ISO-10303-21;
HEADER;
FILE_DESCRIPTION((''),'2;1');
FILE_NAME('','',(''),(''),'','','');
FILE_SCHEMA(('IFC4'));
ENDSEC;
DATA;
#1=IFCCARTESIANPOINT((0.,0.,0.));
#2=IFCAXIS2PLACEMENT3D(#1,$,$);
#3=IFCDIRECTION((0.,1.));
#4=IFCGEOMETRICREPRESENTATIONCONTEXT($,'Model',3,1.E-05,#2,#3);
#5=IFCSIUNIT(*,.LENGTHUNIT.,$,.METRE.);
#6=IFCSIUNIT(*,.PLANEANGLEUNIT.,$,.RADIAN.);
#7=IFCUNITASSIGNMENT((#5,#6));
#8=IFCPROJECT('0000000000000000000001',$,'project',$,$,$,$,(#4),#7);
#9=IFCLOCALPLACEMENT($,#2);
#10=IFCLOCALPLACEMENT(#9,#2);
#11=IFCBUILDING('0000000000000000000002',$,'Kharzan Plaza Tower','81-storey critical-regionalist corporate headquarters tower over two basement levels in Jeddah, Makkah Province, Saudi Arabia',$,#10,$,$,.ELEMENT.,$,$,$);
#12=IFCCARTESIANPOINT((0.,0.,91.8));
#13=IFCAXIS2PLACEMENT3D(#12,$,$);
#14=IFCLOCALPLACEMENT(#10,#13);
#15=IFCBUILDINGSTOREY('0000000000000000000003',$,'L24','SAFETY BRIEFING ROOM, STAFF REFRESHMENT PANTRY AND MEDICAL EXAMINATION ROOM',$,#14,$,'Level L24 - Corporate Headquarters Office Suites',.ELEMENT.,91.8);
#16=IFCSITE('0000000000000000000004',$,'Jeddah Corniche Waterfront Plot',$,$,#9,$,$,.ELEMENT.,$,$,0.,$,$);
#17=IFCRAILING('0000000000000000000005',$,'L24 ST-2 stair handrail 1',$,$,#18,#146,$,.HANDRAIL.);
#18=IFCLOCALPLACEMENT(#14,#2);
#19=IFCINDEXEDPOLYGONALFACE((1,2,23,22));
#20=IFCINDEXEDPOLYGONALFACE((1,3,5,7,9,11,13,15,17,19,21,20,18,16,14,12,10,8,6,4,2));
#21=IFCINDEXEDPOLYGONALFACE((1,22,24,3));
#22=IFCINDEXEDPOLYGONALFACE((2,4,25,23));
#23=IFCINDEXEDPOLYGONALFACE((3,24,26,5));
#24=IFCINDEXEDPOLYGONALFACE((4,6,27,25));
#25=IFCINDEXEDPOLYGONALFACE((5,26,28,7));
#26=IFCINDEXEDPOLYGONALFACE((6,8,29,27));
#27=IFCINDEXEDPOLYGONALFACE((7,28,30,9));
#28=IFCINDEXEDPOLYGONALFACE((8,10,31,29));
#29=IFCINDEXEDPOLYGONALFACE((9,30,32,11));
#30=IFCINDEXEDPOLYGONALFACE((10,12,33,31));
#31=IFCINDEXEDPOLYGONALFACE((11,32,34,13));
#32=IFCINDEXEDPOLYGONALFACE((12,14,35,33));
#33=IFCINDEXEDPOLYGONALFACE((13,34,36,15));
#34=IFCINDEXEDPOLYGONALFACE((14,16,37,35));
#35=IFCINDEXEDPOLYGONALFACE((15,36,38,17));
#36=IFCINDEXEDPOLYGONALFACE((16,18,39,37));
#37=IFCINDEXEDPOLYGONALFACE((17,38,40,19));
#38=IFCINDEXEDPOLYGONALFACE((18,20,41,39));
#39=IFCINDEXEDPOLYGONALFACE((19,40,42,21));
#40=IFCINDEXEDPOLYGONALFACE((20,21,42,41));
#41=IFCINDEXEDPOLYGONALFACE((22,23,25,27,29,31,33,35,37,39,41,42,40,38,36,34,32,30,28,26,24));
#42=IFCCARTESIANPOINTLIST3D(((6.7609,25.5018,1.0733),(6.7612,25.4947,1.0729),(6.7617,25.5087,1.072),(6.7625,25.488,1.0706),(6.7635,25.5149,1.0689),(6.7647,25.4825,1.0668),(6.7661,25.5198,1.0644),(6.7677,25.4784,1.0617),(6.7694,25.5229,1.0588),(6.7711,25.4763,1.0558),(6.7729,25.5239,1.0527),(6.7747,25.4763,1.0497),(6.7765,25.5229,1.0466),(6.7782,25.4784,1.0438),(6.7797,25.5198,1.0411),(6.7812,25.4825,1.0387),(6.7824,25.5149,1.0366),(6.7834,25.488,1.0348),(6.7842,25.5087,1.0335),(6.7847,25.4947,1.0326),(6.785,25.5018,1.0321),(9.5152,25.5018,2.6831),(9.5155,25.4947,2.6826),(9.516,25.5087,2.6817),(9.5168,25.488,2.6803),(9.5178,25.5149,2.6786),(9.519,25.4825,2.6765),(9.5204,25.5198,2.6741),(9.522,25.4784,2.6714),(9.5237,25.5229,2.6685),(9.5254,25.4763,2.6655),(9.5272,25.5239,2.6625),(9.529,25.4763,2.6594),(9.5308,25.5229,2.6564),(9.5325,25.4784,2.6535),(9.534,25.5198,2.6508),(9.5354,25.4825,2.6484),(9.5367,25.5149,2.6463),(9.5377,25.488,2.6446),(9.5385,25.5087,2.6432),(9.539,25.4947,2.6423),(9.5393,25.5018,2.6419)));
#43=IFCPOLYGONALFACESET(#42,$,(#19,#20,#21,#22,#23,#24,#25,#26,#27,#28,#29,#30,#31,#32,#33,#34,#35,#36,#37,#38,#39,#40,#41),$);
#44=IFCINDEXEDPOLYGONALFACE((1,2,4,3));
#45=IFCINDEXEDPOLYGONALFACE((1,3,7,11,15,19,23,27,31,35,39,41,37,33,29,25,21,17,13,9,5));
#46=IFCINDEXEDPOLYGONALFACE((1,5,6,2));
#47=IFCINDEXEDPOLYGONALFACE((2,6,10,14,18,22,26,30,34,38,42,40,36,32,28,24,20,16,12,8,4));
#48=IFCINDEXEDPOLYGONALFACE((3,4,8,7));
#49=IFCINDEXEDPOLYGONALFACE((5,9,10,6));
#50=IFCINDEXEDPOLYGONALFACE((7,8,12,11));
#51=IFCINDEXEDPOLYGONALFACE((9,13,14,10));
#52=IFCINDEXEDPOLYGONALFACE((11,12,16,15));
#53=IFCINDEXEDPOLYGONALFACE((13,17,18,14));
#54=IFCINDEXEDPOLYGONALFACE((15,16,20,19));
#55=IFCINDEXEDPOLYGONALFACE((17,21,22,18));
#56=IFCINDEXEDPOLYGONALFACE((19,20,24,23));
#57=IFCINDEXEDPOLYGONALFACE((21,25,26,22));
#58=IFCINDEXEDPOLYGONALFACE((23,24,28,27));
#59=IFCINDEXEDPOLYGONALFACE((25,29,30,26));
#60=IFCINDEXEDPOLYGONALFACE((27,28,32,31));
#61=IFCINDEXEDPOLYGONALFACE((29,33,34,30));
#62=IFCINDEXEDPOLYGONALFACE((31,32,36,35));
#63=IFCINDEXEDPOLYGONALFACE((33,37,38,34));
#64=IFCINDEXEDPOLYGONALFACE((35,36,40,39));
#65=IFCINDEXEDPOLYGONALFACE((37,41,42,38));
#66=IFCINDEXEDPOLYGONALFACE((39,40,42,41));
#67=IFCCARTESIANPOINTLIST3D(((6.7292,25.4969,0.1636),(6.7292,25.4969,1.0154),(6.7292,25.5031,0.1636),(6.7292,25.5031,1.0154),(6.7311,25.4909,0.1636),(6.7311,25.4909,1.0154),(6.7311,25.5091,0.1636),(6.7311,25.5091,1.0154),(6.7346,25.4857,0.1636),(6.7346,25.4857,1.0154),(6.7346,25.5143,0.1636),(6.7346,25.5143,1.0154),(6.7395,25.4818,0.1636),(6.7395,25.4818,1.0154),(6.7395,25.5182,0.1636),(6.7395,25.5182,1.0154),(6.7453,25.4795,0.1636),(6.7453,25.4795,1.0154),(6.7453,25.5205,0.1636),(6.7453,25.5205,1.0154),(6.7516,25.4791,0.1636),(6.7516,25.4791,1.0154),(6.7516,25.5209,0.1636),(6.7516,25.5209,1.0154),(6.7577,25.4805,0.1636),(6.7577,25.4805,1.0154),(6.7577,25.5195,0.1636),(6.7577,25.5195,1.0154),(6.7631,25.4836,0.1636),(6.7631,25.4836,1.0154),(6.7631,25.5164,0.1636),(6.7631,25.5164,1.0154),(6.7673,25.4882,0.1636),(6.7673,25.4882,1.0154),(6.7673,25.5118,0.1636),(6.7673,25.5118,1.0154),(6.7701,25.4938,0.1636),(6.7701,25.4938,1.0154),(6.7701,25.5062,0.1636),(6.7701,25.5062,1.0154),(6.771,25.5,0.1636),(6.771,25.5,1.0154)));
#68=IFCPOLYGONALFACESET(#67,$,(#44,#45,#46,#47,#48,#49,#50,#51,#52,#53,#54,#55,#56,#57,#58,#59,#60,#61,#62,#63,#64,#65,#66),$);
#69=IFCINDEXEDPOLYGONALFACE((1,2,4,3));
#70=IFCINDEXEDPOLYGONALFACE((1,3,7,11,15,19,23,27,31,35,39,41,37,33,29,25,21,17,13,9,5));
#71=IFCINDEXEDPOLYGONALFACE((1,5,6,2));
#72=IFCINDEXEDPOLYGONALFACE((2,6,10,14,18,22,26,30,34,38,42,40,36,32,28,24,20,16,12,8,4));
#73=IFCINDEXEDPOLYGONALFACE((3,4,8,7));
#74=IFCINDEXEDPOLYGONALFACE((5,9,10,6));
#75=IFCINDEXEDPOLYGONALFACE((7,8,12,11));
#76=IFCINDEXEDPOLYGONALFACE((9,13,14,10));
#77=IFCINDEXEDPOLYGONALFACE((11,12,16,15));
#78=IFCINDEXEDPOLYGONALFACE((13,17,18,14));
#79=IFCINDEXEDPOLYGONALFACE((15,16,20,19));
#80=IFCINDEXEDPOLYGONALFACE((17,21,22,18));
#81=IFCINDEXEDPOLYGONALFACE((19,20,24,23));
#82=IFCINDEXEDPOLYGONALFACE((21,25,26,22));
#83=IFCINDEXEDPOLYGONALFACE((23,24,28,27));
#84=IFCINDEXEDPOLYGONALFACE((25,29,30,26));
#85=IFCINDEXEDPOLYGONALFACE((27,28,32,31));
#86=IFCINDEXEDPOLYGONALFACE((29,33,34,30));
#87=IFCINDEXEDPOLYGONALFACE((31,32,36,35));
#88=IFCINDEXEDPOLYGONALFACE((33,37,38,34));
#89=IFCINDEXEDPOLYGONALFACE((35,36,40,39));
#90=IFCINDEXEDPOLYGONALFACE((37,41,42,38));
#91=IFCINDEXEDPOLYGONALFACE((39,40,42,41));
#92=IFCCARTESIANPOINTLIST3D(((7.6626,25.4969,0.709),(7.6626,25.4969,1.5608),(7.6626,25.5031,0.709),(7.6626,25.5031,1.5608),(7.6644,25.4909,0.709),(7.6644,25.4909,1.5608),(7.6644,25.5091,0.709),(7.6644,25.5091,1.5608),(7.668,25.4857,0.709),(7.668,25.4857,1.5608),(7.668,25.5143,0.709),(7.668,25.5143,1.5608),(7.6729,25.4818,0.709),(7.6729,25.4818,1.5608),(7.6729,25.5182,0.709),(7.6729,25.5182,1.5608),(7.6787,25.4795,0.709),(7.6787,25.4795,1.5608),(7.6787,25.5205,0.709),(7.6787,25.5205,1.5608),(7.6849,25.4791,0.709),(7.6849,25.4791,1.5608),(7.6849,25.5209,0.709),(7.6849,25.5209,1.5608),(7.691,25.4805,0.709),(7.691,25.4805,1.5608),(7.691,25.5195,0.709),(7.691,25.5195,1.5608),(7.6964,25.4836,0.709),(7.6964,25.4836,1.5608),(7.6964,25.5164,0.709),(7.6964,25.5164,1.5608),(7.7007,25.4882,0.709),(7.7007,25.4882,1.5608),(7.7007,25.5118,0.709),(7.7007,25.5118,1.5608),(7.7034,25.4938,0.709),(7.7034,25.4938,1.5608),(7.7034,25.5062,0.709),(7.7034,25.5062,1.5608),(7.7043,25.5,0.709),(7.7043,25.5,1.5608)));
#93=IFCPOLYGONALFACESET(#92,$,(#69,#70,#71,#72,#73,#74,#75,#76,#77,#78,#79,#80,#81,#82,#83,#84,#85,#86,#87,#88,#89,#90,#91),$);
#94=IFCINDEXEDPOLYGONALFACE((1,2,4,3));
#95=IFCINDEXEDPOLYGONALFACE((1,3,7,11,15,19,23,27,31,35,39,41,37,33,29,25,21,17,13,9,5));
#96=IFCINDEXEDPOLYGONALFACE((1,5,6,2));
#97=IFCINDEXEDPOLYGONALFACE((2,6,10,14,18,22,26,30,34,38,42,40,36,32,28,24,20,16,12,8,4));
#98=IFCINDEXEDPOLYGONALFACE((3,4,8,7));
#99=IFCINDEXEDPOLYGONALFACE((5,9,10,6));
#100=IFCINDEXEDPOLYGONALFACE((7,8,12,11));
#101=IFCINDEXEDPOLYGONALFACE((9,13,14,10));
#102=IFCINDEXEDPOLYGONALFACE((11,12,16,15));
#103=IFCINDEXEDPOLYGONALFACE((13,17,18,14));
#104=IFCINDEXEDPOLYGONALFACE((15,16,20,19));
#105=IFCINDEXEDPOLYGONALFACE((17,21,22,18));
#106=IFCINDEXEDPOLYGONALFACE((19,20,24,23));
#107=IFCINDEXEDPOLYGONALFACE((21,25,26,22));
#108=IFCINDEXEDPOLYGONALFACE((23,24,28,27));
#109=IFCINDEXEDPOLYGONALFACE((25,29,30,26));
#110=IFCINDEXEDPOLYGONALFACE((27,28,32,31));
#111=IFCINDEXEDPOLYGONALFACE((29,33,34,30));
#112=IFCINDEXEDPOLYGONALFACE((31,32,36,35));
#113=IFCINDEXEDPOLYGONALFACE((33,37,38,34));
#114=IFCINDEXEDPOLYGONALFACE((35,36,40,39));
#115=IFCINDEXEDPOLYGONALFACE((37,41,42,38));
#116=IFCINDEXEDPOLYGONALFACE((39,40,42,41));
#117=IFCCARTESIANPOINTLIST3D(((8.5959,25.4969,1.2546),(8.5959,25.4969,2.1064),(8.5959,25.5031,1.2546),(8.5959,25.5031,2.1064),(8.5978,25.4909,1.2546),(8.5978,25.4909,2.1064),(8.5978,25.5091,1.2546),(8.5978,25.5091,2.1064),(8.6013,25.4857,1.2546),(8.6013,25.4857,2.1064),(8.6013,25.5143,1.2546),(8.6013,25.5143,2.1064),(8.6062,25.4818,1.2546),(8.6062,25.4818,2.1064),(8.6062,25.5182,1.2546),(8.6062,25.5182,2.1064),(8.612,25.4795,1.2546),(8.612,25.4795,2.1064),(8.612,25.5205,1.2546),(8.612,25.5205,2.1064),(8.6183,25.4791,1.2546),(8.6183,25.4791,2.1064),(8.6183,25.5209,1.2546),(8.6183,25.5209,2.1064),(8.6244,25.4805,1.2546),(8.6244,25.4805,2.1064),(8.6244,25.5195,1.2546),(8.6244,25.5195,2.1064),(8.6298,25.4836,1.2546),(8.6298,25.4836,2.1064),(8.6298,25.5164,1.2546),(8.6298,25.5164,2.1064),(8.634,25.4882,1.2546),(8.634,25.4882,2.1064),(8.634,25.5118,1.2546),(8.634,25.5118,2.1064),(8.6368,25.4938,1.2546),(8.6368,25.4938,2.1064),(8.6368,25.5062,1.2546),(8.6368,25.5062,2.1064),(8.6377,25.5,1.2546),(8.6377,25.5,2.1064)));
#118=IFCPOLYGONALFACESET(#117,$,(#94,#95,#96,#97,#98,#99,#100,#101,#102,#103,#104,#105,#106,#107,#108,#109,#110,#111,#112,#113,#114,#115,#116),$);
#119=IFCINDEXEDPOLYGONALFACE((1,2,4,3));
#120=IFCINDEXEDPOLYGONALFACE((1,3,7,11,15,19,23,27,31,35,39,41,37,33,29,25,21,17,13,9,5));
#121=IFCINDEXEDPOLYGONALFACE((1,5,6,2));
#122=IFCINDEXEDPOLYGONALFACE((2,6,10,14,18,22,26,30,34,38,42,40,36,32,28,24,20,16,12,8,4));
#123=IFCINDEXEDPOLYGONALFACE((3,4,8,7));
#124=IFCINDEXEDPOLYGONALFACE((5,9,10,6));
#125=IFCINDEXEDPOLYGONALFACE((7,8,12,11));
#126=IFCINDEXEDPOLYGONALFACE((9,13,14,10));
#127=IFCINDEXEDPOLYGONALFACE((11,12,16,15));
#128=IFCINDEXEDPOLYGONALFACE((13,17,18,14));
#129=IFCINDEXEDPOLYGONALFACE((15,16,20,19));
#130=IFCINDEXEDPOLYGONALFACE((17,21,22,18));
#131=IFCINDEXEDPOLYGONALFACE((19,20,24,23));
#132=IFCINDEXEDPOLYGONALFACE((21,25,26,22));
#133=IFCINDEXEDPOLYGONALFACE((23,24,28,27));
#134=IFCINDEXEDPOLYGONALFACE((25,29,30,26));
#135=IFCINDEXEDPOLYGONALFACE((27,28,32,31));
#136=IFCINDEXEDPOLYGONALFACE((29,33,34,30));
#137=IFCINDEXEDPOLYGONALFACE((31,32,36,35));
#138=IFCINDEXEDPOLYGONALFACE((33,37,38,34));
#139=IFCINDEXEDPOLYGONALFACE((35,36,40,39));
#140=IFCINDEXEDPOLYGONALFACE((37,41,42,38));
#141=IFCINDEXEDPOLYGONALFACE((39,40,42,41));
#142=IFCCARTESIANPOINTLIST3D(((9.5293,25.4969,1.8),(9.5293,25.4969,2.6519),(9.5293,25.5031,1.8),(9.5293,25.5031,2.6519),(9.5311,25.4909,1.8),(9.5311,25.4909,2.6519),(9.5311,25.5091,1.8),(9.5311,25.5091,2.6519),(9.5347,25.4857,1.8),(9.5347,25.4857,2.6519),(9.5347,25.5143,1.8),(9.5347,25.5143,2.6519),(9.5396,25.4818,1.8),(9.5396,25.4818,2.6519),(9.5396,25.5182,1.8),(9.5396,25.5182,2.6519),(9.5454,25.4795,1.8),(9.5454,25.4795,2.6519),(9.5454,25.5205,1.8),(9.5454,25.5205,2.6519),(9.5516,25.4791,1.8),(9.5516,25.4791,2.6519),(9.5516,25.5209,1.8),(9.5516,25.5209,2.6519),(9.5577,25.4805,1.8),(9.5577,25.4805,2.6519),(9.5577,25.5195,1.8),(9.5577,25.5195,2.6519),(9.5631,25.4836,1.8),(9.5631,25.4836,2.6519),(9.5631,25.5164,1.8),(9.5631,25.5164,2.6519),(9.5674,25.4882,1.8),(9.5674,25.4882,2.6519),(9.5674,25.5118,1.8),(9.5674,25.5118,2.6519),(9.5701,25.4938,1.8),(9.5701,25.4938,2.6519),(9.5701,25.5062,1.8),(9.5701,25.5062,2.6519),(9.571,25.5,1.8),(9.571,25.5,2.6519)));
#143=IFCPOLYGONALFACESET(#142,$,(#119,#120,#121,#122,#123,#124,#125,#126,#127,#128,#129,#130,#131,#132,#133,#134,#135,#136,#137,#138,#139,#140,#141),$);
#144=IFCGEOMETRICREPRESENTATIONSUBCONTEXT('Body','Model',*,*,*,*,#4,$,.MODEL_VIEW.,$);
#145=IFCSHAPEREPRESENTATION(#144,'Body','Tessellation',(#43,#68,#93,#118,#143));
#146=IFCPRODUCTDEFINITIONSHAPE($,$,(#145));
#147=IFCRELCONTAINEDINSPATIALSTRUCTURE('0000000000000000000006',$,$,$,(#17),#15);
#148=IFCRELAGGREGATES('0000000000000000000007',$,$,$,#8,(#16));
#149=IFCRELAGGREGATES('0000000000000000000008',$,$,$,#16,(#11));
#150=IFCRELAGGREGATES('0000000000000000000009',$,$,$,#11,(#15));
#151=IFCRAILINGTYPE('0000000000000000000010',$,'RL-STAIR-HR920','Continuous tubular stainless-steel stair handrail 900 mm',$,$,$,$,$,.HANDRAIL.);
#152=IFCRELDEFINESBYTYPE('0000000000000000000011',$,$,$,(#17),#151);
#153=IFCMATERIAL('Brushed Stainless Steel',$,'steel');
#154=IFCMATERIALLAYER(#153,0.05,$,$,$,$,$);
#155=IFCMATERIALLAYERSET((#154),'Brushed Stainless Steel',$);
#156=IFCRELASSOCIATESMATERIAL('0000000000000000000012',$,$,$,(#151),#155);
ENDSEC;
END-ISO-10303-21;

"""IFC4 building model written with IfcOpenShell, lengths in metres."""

from ifc_helpers import new_model, si_unit, direction, frame, origin, origin_2d, place, context, subcontext, project, spatial, circle, extrude, source, transform, mapped, material, layer, layer_set, type_object, element, save


model = new_model("IFC4")

# Units and contexts
model_context = context("Model", 3, precision=1e-05, world=origin(), true_north=direction((0.0, 1.0)))
body_context = subcontext(model_context, "Body", "Model", "MODEL_VIEW")
ifc_project = project(units=[si_unit("LENGTHUNIT", "METRE"), si_unit("PLANEANGLEUNIT", "RADIAN")], contexts=[model_context])

# Site, building, storey
site_placement = place(None, origin())
site = spatial("IfcSite", under=ifc_project, at=site_placement, Name="Jeddah Corniche Waterfront Plot", CompositionType="ELEMENT", RefElevation=0.0)
building_placement = place(site_placement, origin())
building = spatial("IfcBuilding", under=site, at=building_placement, Name="Kharzan Plaza Tower", Description="81-storey critical-regionalist corporate headquarters tower over two basement levels in Jeddah, Makkah Province, Saudi Arabia", CompositionType="ELEMENT")
storey_placement = place(building_placement, frame((0.0, 0.0, 91.8)))
storey = spatial("IfcBuildingStorey", under=building, at=storey_placement, Name="L24", Description="SAFETY BRIEFING ROOM, STAFF REFRESHMENT PANTRY AND MEDICAL EXAMINATION ROOM", LongName="Level L24 - Corporate Headquarters Office Suites", CompositionType="ELEMENT", Elevation=91.8)

# Shared definitions
ifc_material_1 = material(Name="Brushed Stainless Steel", Category="steel")

# Railing
ifc_layer_1 = layer(ifc_material_1, 0.05)
ifc_layer_set_1 = layer_set([ifc_layer_1], Name="Brushed Stainless Steel")
railing_type_1 = type_object("IfcRailingType", Name="RL-STAIR-HR920", Description="Continuous tubular stainless-steel stair handrail 900 mm", PredefinedType="HANDRAIL", material=ifc_layer_set_1)
shared_shape_1 = source(origin(), body_context, "Body", "SweptSolid", [
    extrude(circle(Radius=0.0239, at=origin_2d()), frame((0.0229, 0.0, 0.8892), z_axis=(0.863361, 0.0, 0.504587), x_axis=(0.0, 1.0, 0.0)), (0.0, 0.0, 1.0), 3.1902),
    extrude(circle(Radius=0.021, at=origin_2d()), origin(), (0.0, 0.0, 1.0), 0.8518),
    extrude(circle(Radius=0.021, at=origin_2d()), frame((0.9333, 0.0, 0.5454)), (0.0, 0.0, 1.0), 0.8518),
    extrude(circle(Radius=0.021, at=origin_2d()), frame((1.8667, 0.0, 1.0911)), (0.0, 0.0, 1.0), 0.8518),
    extrude(circle(Radius=0.021, at=origin_2d()), frame((2.8, 0.0, 1.6365)), (0.0, 0.0, 1.0), 0.8518),
])
railing_1_placement = place(storey_placement, frame((6.75, 25.5, 0.1636)))
element("IfcRailing", 1, at=railing_1_placement, inside=storey, type_object=railing_type_1, Name="L24 ST-2 stair handrail 1", PredefinedType="HANDRAIL", context=body_context, shape_type="MappedRepresentation", body=[
    mapped(shared_shape_1, transform((0.0, 0.0, 0.0), x_axis=(1.0, 0.0, 0.0), y_axis=(0.0, 1.0, 0.0), z_axis=(0.0, 0.0, 1.0))),
])

save(model, "model.ifc")
